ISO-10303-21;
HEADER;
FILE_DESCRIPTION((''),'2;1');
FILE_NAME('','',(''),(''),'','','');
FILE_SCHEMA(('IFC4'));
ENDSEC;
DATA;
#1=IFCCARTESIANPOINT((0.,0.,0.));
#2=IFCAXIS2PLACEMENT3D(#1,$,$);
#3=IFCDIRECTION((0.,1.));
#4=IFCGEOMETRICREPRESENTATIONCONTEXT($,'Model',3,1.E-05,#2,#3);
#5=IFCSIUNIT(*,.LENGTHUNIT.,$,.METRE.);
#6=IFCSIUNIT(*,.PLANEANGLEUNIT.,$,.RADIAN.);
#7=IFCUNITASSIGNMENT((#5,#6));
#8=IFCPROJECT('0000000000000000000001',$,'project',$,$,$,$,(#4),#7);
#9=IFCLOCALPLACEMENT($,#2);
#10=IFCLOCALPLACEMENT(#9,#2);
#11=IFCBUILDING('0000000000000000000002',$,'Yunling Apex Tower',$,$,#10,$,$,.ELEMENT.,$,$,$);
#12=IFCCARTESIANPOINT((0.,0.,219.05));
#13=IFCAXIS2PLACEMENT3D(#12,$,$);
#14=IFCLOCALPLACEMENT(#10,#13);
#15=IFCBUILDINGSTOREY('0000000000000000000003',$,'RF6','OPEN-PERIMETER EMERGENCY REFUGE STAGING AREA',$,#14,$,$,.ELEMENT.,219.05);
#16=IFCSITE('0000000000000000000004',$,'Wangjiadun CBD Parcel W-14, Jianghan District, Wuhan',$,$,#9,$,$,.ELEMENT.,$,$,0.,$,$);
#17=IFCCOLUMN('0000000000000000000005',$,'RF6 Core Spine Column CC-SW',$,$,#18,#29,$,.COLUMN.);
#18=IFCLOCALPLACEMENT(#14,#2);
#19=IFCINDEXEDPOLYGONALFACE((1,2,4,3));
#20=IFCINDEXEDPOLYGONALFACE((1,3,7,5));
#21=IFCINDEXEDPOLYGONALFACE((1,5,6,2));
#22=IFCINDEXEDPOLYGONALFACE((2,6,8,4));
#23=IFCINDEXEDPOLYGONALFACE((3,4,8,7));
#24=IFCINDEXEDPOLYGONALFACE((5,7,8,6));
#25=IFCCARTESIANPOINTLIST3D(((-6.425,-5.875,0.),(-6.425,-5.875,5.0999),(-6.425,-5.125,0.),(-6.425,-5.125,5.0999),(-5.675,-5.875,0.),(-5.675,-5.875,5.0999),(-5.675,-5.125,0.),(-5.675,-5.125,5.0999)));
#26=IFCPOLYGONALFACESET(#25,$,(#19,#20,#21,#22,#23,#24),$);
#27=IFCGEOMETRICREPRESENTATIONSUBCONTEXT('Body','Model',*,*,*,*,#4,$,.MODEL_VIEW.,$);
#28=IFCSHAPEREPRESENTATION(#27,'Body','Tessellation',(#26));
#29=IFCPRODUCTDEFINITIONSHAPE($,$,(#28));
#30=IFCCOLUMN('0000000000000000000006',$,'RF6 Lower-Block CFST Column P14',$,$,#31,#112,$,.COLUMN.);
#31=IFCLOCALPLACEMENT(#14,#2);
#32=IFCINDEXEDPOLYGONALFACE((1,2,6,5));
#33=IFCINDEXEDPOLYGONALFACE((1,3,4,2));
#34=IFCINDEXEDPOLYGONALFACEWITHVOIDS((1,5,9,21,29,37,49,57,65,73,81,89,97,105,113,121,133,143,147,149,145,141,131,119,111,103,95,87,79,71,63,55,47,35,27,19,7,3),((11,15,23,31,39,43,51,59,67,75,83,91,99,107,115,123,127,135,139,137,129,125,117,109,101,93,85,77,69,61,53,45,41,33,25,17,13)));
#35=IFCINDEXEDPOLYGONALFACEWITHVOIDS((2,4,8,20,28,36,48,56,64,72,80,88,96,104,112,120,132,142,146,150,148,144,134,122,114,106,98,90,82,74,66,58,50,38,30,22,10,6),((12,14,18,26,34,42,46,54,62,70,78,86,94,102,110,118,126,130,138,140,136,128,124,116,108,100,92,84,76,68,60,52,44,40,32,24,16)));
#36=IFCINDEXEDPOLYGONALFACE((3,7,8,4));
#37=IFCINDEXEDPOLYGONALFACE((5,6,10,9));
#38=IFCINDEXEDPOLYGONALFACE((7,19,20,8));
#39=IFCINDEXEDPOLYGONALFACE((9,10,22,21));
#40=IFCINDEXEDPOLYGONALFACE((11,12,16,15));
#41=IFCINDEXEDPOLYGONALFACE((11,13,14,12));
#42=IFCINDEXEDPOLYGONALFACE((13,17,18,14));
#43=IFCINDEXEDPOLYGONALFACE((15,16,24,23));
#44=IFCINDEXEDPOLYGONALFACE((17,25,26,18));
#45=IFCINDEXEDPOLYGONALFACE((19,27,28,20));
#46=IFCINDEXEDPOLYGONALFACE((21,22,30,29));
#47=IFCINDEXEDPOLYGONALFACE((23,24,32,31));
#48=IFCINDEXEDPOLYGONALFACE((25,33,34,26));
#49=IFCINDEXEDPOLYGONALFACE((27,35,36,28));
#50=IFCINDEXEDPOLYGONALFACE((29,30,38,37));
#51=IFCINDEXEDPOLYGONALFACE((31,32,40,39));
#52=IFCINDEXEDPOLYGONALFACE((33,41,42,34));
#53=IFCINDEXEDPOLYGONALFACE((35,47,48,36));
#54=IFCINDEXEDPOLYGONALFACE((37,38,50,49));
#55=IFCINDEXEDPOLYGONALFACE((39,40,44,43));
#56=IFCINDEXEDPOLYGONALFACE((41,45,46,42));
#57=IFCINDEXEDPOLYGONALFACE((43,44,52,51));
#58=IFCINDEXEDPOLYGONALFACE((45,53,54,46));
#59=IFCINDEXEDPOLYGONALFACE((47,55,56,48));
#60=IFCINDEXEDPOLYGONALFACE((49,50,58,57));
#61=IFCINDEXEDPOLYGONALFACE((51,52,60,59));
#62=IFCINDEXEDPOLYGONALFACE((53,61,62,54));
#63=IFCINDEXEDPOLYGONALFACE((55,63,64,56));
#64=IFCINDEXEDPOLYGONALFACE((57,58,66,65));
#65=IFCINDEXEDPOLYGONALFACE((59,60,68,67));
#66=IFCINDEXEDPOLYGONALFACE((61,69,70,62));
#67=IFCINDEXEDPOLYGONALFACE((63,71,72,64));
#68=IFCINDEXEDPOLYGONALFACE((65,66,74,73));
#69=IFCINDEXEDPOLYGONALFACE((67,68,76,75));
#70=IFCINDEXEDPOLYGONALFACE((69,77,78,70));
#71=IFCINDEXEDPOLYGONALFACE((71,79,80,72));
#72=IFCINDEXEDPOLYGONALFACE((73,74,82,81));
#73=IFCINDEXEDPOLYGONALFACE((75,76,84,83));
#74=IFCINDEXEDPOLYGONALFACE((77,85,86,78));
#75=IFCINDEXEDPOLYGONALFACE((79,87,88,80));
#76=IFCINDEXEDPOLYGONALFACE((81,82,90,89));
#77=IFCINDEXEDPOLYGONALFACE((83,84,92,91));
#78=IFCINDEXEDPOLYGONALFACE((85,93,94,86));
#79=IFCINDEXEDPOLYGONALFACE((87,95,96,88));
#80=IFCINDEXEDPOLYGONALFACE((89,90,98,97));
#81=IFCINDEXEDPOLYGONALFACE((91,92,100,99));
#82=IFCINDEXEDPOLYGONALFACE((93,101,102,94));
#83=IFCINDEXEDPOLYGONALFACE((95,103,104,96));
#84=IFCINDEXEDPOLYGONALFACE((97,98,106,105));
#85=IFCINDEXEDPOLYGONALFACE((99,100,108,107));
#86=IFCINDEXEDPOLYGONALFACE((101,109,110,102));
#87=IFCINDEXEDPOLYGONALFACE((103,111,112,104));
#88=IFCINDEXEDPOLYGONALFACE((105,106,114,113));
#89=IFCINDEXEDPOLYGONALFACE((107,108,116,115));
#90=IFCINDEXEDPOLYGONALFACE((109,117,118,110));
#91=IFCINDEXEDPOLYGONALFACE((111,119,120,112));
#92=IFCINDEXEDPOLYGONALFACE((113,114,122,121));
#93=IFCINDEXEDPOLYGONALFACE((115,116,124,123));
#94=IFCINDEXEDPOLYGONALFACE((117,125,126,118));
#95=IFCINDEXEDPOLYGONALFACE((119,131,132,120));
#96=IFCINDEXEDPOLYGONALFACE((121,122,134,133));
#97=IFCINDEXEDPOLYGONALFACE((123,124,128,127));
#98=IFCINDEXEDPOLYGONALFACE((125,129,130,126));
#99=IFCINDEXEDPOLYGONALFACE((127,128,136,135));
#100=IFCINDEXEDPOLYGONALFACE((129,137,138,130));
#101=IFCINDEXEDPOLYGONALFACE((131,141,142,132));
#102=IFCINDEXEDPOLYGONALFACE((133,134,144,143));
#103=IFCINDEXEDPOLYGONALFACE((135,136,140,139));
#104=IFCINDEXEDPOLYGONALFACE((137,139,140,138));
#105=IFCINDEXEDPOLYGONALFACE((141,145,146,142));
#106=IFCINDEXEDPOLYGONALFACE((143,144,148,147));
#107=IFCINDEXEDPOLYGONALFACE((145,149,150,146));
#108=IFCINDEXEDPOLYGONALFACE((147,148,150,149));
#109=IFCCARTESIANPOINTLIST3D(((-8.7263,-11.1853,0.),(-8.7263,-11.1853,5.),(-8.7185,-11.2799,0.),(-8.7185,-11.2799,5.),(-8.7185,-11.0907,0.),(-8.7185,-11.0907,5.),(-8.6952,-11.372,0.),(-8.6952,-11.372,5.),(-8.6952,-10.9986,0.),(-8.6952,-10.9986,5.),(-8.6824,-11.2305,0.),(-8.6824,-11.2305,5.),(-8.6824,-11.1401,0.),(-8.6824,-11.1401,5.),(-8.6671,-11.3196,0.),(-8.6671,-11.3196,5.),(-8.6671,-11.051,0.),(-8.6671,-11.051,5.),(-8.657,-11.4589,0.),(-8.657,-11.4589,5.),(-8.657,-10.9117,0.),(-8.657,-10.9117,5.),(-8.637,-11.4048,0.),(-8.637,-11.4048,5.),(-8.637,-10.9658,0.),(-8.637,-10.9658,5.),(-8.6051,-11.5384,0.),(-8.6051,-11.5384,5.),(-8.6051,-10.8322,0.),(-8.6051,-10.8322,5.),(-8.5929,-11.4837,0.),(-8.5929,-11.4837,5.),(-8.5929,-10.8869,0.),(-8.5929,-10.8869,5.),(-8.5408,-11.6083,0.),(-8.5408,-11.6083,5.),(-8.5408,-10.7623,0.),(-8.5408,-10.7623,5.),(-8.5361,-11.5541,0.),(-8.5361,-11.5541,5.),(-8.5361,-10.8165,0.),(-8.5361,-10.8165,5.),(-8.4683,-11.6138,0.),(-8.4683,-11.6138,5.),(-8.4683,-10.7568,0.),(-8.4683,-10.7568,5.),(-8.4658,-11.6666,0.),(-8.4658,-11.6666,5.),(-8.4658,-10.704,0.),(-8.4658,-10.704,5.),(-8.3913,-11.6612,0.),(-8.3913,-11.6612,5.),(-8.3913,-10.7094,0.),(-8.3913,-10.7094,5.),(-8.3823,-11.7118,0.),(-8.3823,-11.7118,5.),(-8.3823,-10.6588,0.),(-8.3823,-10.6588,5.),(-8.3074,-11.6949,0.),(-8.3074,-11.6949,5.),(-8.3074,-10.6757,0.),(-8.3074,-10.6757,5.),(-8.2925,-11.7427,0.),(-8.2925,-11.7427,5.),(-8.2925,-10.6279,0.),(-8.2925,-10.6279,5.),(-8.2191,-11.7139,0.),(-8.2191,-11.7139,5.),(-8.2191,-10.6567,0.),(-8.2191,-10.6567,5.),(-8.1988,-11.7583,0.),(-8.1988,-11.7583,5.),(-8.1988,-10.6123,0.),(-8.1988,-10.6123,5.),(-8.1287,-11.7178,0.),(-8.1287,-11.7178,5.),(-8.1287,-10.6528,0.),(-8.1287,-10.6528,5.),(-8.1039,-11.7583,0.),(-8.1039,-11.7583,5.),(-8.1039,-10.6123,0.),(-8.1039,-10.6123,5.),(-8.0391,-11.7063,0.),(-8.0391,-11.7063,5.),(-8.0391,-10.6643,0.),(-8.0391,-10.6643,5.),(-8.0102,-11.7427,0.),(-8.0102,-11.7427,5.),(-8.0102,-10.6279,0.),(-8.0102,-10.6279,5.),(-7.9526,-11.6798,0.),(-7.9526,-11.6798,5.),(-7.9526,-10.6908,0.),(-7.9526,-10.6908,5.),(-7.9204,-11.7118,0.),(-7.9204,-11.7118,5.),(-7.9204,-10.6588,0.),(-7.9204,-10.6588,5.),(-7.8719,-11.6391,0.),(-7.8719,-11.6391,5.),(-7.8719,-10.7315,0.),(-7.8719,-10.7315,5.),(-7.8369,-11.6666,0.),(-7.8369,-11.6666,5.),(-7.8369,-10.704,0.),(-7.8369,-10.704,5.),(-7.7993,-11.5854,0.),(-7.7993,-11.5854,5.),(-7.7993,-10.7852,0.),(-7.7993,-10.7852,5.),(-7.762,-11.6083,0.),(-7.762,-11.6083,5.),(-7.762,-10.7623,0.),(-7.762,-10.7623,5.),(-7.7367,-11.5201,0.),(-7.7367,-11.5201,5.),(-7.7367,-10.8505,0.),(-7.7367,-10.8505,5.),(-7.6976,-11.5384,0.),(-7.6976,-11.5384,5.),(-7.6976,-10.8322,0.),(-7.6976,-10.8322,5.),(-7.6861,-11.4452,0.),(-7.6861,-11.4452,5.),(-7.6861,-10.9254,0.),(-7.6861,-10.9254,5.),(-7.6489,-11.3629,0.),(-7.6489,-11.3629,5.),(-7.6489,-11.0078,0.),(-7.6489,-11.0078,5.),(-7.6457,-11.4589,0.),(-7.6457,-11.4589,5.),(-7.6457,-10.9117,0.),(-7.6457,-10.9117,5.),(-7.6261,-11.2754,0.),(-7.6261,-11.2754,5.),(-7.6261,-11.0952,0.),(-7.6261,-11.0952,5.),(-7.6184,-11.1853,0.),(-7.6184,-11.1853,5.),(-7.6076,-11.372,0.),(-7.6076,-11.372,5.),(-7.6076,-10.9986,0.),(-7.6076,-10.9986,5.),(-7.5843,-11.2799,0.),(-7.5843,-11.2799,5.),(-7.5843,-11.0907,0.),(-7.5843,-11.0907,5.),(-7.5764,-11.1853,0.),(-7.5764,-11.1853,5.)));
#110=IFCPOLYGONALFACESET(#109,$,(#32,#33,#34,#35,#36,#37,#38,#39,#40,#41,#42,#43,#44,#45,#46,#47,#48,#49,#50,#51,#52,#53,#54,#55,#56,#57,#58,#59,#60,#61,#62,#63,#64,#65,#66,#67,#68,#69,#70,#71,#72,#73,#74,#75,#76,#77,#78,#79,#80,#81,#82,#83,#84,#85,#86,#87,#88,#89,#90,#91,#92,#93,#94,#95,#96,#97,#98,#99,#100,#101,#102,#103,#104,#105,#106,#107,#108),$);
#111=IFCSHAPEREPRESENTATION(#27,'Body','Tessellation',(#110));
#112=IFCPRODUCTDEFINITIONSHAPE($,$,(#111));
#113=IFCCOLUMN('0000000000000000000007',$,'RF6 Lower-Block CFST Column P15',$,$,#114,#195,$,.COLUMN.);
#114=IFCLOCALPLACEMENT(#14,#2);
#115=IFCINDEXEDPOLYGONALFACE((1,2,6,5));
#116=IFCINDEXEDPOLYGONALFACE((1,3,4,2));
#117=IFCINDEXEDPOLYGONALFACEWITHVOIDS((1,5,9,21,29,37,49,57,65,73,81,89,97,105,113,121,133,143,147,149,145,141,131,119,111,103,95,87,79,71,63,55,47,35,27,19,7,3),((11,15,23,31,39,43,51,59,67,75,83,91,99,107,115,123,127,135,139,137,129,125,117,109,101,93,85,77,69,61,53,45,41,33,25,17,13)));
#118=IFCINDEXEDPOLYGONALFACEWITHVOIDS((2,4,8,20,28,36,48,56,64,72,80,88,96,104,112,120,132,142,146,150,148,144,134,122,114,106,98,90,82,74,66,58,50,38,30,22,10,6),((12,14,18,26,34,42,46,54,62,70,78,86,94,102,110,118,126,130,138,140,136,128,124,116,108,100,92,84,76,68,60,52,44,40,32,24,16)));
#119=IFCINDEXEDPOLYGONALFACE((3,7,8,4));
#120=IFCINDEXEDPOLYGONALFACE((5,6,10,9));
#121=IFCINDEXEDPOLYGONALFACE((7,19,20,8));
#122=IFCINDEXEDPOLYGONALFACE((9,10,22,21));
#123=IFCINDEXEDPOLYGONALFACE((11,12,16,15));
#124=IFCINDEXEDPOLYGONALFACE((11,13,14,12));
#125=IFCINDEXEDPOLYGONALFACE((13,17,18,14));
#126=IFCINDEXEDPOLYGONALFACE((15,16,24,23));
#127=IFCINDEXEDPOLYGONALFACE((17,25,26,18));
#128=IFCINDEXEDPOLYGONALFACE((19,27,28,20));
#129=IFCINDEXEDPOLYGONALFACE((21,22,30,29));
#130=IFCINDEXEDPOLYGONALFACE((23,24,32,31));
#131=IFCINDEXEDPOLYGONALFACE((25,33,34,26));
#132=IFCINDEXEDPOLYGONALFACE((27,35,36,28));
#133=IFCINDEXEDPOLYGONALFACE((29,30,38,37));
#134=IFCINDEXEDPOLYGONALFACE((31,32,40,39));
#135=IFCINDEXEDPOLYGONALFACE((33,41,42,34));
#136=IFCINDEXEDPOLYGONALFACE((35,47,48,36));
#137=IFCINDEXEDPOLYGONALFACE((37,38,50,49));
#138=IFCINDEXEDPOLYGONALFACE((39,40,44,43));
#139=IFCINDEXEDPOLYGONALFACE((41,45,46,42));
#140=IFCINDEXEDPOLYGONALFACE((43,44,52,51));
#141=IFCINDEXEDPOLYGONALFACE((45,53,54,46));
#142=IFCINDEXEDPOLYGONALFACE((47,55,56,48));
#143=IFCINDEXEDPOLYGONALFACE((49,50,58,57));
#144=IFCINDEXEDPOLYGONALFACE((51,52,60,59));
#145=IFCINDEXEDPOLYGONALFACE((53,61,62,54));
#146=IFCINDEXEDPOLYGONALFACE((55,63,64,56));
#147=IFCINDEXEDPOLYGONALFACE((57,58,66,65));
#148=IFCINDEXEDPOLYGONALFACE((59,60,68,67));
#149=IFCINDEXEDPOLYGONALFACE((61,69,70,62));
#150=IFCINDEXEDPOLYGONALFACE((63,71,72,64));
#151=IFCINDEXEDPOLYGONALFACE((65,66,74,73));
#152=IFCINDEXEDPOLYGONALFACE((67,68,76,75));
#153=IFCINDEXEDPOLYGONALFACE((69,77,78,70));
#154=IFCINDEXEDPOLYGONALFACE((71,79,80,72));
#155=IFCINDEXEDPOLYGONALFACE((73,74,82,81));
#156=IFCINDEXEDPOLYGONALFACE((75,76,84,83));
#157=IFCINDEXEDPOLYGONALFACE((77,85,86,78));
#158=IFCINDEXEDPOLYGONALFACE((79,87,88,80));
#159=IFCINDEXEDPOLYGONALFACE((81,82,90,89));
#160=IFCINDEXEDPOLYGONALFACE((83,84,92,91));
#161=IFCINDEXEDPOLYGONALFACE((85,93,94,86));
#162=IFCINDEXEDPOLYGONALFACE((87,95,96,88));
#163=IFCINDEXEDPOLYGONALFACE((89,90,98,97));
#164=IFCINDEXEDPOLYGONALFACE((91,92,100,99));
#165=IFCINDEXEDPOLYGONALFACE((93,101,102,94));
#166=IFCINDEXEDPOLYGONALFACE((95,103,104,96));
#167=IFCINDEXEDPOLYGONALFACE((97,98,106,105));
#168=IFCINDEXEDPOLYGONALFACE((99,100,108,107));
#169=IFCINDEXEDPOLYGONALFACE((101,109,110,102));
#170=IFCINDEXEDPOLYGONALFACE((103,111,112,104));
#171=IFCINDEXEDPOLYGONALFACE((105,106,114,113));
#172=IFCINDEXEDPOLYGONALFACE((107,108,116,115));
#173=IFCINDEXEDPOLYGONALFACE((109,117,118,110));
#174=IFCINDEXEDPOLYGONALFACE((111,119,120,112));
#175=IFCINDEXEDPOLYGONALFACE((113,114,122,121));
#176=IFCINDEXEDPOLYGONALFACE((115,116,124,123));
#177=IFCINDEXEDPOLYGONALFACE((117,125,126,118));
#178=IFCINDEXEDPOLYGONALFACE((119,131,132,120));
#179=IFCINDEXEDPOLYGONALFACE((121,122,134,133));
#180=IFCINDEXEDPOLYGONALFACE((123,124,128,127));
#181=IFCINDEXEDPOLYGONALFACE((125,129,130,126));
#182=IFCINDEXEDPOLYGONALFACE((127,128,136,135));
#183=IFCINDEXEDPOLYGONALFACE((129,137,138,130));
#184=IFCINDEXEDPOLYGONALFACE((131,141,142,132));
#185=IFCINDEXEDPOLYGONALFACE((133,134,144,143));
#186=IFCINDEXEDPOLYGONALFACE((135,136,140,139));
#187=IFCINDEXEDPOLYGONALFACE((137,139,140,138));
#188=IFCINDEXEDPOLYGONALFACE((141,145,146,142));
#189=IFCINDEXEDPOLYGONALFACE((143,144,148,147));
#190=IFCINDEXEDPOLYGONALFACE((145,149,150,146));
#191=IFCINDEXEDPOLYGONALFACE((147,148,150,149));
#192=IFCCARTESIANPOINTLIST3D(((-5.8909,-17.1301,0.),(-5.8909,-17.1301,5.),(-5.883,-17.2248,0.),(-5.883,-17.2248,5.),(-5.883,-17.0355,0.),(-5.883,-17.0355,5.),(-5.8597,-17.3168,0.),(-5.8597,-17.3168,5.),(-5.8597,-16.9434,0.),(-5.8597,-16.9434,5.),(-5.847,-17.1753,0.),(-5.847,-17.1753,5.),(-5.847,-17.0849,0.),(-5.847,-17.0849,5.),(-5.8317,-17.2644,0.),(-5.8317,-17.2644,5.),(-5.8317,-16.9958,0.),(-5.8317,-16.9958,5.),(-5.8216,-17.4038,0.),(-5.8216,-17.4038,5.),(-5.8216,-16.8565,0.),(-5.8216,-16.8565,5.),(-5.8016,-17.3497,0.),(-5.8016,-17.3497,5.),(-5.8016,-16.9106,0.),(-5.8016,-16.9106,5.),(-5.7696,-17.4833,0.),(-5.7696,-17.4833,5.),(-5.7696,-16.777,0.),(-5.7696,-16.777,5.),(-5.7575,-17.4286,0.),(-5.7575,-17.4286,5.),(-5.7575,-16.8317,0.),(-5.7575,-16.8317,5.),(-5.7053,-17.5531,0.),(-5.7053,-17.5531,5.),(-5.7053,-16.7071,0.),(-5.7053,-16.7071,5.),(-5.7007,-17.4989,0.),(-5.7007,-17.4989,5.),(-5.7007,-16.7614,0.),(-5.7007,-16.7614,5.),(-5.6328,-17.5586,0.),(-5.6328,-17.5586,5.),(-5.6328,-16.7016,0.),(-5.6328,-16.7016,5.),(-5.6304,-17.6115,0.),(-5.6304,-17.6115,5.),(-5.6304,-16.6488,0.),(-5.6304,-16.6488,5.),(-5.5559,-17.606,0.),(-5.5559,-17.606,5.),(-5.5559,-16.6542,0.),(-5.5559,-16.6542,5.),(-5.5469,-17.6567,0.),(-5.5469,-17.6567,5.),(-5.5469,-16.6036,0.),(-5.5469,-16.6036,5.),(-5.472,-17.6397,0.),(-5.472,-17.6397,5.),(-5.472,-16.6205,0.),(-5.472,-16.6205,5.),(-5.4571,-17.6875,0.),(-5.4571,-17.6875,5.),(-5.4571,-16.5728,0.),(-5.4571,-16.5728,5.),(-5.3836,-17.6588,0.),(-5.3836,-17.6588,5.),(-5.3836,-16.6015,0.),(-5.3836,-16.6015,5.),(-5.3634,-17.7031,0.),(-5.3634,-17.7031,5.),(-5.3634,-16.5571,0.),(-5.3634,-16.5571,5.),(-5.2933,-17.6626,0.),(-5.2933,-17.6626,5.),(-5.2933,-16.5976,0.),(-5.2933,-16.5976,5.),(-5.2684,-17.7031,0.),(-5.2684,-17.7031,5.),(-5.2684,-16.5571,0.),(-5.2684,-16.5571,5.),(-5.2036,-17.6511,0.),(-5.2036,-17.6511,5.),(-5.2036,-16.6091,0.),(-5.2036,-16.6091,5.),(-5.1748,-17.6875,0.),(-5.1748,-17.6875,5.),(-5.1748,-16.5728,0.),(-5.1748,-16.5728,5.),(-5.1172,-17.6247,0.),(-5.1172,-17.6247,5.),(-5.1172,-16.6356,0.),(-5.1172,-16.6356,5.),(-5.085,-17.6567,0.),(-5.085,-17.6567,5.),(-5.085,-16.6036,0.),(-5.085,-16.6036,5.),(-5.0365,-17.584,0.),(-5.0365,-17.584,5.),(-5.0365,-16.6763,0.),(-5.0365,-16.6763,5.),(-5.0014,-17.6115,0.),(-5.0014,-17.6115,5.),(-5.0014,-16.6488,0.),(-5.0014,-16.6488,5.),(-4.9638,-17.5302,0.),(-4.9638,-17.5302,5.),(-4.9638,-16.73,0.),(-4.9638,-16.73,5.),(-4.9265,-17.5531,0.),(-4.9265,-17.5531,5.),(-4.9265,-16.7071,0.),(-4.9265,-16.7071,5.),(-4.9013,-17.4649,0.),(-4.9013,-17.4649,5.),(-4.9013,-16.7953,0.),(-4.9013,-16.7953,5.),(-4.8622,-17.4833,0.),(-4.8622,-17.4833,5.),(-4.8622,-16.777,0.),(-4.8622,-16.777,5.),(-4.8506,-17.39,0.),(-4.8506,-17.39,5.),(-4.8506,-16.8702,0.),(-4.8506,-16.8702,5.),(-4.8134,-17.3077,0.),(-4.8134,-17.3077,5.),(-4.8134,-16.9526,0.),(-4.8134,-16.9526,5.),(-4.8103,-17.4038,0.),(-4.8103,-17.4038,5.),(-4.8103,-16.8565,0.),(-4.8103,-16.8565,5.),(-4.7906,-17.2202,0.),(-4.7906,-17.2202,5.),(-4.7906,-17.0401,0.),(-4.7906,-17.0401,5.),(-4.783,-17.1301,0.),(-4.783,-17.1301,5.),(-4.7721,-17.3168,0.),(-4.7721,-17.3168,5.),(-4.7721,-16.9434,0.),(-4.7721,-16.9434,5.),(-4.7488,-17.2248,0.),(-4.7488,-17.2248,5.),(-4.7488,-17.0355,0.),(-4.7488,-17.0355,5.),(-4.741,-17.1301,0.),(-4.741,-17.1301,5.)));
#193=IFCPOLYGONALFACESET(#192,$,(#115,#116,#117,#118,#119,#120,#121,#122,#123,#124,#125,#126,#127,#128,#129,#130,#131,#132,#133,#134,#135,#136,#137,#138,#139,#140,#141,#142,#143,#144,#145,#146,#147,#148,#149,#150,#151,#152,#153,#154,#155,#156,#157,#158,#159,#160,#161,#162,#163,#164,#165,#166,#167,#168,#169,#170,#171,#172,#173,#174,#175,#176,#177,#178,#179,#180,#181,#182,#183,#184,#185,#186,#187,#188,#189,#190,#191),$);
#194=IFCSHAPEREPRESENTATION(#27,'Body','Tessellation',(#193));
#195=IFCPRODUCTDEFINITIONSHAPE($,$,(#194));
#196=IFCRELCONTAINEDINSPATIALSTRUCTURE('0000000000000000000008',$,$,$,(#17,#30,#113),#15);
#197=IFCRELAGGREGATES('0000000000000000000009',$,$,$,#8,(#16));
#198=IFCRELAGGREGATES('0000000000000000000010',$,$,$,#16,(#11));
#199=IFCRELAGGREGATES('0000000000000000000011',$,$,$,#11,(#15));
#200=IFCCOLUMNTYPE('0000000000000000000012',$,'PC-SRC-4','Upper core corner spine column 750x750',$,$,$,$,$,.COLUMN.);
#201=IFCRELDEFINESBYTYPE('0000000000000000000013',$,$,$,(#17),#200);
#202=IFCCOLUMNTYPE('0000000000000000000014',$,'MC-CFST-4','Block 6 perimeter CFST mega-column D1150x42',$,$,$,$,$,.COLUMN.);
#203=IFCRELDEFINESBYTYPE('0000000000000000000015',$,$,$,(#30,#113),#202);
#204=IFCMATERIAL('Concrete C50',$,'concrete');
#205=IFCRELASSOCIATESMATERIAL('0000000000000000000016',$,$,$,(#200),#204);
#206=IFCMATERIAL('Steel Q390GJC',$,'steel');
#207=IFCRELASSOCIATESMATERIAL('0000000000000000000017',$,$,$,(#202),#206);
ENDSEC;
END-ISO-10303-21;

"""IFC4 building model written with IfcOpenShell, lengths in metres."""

from ifc_helpers import new_model, si_unit, direction, frame, origin, origin_2d, place, context, subcontext, project, spatial, rectangle, hollow_circle, extrude, source, transform, mapped, material, material_profile, profile_set, type_object, element, save


model = new_model("IFC4")

# Units and contexts
model_context = context("Model", 3, precision=1e-05, world=origin(), true_north=direction((0.0, 1.0)))
body_context = subcontext(model_context, "Body", "Model", "MODEL_VIEW")
ifc_project = project(units=[si_unit("LENGTHUNIT", "METRE"), si_unit("PLANEANGLEUNIT", "RADIAN")], contexts=[model_context])

# Site, building, storey
site_placement = place(None, origin())
site = spatial("IfcSite", under=ifc_project, at=site_placement, Name="Wangjiadun CBD Parcel W-14, Jianghan District, Wuhan", CompositionType="ELEMENT", RefElevation=0.0)
building_placement = place(site_placement, origin())
building = spatial("IfcBuilding", under=site, at=building_placement, Name="Yunling Apex Tower", CompositionType="ELEMENT")
storey_placement = place(building_placement, frame((0.0, 0.0, 219.05)))
storey = spatial("IfcBuildingStorey", under=building, at=storey_placement, Name="RF6", Description="OPEN-PERIMETER EMERGENCY REFUGE STAGING AREA", CompositionType="ELEMENT", Elevation=219.05)

# Columns
ifc_material_1 = material(Name="Concrete C50", Category="concrete")
ifc_material_profile_1 = material_profile(ifc_material_1, rectangle(XDim=0.75, YDim=0.75, at=origin_2d()))
ifc_profile_set_1 = profile_set([ifc_material_profile_1], Name="Concrete C50")
column_type_1 = type_object("IfcColumnType", Name="PC-SRC-4", Description="Upper core corner spine column 750x750", PredefinedType="COLUMN", material=ifc_profile_set_1)
shared_shape_1 = source(origin(), body_context, "Body", "SweptSolid", [
    extrude(rectangle(XDim=0.75, YDim=0.75, at=origin_2d()), origin(), (0.0, 0.0, 1.0), 5.0999),
])
column_placement = place(storey_placement, frame((-6.05, -5.5, 0.0), z_axis=(0.0, 0.0, 1.0), x_axis=(1.0, 0.0, 0.0)))
element("IfcColumn", 1, at=column_placement, inside=storey, type_object=column_type_1, Name="RF6 Core Spine Column CC-SW", PredefinedType="COLUMN", context=body_context, shape_type="MappedRepresentation", body=[
    mapped(shared_shape_1, transform((0.0, 0.0, 0.0), scale=1.0)),
])
ifc_material_2 = material(Name="Steel Q390GJC", Category="steel")
ifc_material_profile_2 = material_profile(ifc_material_2, hollow_circle(Radius=0.575, WallThickness=0.042, at=origin_2d()))
ifc_profile_set_2 = profile_set([ifc_material_profile_2], Name="Steel Q390GJC")
column_type_2 = type_object("IfcColumnType", Name="MC-CFST-4", Description="Block 6 perimeter CFST mega-column D1150x42", PredefinedType="COLUMN", material=ifc_profile_set_2)
shared_shape_2 = source(origin(), body_context, "Body", "SweptSolid", [
    extrude(hollow_circle(Radius=0.575, WallThickness=0.042, at=origin_2d()), origin(), (0.0, 0.0, 1.0), 5.0),
])
for number, where, z_axis, x_axis, name in (
    (2, (-8.1514, -11.1853, 0.0), (0.0, 0.0, 1.0), (1.0, 0.0, 0.0), "RF6 Lower-Block CFST Column P14"),
    (3, (-5.3159, -17.1301, 0.0), (0.0, 0.0, 1.0), (1.0, 0.0, 0.0), "RF6 Lower-Block CFST Column P15"),
):
    element("IfcColumn", number, at=place(storey_placement, frame(where, z_axis=z_axis, x_axis=x_axis)), inside=storey, type_object=column_type_2, Name=name, PredefinedType="COLUMN", context=body_context, shape_type="MappedRepresentation", body=[
        mapped(shared_shape_2, transform((0.0, 0.0, 0.0), scale=1.0)),
    ])

save(model, "model.ifc")
